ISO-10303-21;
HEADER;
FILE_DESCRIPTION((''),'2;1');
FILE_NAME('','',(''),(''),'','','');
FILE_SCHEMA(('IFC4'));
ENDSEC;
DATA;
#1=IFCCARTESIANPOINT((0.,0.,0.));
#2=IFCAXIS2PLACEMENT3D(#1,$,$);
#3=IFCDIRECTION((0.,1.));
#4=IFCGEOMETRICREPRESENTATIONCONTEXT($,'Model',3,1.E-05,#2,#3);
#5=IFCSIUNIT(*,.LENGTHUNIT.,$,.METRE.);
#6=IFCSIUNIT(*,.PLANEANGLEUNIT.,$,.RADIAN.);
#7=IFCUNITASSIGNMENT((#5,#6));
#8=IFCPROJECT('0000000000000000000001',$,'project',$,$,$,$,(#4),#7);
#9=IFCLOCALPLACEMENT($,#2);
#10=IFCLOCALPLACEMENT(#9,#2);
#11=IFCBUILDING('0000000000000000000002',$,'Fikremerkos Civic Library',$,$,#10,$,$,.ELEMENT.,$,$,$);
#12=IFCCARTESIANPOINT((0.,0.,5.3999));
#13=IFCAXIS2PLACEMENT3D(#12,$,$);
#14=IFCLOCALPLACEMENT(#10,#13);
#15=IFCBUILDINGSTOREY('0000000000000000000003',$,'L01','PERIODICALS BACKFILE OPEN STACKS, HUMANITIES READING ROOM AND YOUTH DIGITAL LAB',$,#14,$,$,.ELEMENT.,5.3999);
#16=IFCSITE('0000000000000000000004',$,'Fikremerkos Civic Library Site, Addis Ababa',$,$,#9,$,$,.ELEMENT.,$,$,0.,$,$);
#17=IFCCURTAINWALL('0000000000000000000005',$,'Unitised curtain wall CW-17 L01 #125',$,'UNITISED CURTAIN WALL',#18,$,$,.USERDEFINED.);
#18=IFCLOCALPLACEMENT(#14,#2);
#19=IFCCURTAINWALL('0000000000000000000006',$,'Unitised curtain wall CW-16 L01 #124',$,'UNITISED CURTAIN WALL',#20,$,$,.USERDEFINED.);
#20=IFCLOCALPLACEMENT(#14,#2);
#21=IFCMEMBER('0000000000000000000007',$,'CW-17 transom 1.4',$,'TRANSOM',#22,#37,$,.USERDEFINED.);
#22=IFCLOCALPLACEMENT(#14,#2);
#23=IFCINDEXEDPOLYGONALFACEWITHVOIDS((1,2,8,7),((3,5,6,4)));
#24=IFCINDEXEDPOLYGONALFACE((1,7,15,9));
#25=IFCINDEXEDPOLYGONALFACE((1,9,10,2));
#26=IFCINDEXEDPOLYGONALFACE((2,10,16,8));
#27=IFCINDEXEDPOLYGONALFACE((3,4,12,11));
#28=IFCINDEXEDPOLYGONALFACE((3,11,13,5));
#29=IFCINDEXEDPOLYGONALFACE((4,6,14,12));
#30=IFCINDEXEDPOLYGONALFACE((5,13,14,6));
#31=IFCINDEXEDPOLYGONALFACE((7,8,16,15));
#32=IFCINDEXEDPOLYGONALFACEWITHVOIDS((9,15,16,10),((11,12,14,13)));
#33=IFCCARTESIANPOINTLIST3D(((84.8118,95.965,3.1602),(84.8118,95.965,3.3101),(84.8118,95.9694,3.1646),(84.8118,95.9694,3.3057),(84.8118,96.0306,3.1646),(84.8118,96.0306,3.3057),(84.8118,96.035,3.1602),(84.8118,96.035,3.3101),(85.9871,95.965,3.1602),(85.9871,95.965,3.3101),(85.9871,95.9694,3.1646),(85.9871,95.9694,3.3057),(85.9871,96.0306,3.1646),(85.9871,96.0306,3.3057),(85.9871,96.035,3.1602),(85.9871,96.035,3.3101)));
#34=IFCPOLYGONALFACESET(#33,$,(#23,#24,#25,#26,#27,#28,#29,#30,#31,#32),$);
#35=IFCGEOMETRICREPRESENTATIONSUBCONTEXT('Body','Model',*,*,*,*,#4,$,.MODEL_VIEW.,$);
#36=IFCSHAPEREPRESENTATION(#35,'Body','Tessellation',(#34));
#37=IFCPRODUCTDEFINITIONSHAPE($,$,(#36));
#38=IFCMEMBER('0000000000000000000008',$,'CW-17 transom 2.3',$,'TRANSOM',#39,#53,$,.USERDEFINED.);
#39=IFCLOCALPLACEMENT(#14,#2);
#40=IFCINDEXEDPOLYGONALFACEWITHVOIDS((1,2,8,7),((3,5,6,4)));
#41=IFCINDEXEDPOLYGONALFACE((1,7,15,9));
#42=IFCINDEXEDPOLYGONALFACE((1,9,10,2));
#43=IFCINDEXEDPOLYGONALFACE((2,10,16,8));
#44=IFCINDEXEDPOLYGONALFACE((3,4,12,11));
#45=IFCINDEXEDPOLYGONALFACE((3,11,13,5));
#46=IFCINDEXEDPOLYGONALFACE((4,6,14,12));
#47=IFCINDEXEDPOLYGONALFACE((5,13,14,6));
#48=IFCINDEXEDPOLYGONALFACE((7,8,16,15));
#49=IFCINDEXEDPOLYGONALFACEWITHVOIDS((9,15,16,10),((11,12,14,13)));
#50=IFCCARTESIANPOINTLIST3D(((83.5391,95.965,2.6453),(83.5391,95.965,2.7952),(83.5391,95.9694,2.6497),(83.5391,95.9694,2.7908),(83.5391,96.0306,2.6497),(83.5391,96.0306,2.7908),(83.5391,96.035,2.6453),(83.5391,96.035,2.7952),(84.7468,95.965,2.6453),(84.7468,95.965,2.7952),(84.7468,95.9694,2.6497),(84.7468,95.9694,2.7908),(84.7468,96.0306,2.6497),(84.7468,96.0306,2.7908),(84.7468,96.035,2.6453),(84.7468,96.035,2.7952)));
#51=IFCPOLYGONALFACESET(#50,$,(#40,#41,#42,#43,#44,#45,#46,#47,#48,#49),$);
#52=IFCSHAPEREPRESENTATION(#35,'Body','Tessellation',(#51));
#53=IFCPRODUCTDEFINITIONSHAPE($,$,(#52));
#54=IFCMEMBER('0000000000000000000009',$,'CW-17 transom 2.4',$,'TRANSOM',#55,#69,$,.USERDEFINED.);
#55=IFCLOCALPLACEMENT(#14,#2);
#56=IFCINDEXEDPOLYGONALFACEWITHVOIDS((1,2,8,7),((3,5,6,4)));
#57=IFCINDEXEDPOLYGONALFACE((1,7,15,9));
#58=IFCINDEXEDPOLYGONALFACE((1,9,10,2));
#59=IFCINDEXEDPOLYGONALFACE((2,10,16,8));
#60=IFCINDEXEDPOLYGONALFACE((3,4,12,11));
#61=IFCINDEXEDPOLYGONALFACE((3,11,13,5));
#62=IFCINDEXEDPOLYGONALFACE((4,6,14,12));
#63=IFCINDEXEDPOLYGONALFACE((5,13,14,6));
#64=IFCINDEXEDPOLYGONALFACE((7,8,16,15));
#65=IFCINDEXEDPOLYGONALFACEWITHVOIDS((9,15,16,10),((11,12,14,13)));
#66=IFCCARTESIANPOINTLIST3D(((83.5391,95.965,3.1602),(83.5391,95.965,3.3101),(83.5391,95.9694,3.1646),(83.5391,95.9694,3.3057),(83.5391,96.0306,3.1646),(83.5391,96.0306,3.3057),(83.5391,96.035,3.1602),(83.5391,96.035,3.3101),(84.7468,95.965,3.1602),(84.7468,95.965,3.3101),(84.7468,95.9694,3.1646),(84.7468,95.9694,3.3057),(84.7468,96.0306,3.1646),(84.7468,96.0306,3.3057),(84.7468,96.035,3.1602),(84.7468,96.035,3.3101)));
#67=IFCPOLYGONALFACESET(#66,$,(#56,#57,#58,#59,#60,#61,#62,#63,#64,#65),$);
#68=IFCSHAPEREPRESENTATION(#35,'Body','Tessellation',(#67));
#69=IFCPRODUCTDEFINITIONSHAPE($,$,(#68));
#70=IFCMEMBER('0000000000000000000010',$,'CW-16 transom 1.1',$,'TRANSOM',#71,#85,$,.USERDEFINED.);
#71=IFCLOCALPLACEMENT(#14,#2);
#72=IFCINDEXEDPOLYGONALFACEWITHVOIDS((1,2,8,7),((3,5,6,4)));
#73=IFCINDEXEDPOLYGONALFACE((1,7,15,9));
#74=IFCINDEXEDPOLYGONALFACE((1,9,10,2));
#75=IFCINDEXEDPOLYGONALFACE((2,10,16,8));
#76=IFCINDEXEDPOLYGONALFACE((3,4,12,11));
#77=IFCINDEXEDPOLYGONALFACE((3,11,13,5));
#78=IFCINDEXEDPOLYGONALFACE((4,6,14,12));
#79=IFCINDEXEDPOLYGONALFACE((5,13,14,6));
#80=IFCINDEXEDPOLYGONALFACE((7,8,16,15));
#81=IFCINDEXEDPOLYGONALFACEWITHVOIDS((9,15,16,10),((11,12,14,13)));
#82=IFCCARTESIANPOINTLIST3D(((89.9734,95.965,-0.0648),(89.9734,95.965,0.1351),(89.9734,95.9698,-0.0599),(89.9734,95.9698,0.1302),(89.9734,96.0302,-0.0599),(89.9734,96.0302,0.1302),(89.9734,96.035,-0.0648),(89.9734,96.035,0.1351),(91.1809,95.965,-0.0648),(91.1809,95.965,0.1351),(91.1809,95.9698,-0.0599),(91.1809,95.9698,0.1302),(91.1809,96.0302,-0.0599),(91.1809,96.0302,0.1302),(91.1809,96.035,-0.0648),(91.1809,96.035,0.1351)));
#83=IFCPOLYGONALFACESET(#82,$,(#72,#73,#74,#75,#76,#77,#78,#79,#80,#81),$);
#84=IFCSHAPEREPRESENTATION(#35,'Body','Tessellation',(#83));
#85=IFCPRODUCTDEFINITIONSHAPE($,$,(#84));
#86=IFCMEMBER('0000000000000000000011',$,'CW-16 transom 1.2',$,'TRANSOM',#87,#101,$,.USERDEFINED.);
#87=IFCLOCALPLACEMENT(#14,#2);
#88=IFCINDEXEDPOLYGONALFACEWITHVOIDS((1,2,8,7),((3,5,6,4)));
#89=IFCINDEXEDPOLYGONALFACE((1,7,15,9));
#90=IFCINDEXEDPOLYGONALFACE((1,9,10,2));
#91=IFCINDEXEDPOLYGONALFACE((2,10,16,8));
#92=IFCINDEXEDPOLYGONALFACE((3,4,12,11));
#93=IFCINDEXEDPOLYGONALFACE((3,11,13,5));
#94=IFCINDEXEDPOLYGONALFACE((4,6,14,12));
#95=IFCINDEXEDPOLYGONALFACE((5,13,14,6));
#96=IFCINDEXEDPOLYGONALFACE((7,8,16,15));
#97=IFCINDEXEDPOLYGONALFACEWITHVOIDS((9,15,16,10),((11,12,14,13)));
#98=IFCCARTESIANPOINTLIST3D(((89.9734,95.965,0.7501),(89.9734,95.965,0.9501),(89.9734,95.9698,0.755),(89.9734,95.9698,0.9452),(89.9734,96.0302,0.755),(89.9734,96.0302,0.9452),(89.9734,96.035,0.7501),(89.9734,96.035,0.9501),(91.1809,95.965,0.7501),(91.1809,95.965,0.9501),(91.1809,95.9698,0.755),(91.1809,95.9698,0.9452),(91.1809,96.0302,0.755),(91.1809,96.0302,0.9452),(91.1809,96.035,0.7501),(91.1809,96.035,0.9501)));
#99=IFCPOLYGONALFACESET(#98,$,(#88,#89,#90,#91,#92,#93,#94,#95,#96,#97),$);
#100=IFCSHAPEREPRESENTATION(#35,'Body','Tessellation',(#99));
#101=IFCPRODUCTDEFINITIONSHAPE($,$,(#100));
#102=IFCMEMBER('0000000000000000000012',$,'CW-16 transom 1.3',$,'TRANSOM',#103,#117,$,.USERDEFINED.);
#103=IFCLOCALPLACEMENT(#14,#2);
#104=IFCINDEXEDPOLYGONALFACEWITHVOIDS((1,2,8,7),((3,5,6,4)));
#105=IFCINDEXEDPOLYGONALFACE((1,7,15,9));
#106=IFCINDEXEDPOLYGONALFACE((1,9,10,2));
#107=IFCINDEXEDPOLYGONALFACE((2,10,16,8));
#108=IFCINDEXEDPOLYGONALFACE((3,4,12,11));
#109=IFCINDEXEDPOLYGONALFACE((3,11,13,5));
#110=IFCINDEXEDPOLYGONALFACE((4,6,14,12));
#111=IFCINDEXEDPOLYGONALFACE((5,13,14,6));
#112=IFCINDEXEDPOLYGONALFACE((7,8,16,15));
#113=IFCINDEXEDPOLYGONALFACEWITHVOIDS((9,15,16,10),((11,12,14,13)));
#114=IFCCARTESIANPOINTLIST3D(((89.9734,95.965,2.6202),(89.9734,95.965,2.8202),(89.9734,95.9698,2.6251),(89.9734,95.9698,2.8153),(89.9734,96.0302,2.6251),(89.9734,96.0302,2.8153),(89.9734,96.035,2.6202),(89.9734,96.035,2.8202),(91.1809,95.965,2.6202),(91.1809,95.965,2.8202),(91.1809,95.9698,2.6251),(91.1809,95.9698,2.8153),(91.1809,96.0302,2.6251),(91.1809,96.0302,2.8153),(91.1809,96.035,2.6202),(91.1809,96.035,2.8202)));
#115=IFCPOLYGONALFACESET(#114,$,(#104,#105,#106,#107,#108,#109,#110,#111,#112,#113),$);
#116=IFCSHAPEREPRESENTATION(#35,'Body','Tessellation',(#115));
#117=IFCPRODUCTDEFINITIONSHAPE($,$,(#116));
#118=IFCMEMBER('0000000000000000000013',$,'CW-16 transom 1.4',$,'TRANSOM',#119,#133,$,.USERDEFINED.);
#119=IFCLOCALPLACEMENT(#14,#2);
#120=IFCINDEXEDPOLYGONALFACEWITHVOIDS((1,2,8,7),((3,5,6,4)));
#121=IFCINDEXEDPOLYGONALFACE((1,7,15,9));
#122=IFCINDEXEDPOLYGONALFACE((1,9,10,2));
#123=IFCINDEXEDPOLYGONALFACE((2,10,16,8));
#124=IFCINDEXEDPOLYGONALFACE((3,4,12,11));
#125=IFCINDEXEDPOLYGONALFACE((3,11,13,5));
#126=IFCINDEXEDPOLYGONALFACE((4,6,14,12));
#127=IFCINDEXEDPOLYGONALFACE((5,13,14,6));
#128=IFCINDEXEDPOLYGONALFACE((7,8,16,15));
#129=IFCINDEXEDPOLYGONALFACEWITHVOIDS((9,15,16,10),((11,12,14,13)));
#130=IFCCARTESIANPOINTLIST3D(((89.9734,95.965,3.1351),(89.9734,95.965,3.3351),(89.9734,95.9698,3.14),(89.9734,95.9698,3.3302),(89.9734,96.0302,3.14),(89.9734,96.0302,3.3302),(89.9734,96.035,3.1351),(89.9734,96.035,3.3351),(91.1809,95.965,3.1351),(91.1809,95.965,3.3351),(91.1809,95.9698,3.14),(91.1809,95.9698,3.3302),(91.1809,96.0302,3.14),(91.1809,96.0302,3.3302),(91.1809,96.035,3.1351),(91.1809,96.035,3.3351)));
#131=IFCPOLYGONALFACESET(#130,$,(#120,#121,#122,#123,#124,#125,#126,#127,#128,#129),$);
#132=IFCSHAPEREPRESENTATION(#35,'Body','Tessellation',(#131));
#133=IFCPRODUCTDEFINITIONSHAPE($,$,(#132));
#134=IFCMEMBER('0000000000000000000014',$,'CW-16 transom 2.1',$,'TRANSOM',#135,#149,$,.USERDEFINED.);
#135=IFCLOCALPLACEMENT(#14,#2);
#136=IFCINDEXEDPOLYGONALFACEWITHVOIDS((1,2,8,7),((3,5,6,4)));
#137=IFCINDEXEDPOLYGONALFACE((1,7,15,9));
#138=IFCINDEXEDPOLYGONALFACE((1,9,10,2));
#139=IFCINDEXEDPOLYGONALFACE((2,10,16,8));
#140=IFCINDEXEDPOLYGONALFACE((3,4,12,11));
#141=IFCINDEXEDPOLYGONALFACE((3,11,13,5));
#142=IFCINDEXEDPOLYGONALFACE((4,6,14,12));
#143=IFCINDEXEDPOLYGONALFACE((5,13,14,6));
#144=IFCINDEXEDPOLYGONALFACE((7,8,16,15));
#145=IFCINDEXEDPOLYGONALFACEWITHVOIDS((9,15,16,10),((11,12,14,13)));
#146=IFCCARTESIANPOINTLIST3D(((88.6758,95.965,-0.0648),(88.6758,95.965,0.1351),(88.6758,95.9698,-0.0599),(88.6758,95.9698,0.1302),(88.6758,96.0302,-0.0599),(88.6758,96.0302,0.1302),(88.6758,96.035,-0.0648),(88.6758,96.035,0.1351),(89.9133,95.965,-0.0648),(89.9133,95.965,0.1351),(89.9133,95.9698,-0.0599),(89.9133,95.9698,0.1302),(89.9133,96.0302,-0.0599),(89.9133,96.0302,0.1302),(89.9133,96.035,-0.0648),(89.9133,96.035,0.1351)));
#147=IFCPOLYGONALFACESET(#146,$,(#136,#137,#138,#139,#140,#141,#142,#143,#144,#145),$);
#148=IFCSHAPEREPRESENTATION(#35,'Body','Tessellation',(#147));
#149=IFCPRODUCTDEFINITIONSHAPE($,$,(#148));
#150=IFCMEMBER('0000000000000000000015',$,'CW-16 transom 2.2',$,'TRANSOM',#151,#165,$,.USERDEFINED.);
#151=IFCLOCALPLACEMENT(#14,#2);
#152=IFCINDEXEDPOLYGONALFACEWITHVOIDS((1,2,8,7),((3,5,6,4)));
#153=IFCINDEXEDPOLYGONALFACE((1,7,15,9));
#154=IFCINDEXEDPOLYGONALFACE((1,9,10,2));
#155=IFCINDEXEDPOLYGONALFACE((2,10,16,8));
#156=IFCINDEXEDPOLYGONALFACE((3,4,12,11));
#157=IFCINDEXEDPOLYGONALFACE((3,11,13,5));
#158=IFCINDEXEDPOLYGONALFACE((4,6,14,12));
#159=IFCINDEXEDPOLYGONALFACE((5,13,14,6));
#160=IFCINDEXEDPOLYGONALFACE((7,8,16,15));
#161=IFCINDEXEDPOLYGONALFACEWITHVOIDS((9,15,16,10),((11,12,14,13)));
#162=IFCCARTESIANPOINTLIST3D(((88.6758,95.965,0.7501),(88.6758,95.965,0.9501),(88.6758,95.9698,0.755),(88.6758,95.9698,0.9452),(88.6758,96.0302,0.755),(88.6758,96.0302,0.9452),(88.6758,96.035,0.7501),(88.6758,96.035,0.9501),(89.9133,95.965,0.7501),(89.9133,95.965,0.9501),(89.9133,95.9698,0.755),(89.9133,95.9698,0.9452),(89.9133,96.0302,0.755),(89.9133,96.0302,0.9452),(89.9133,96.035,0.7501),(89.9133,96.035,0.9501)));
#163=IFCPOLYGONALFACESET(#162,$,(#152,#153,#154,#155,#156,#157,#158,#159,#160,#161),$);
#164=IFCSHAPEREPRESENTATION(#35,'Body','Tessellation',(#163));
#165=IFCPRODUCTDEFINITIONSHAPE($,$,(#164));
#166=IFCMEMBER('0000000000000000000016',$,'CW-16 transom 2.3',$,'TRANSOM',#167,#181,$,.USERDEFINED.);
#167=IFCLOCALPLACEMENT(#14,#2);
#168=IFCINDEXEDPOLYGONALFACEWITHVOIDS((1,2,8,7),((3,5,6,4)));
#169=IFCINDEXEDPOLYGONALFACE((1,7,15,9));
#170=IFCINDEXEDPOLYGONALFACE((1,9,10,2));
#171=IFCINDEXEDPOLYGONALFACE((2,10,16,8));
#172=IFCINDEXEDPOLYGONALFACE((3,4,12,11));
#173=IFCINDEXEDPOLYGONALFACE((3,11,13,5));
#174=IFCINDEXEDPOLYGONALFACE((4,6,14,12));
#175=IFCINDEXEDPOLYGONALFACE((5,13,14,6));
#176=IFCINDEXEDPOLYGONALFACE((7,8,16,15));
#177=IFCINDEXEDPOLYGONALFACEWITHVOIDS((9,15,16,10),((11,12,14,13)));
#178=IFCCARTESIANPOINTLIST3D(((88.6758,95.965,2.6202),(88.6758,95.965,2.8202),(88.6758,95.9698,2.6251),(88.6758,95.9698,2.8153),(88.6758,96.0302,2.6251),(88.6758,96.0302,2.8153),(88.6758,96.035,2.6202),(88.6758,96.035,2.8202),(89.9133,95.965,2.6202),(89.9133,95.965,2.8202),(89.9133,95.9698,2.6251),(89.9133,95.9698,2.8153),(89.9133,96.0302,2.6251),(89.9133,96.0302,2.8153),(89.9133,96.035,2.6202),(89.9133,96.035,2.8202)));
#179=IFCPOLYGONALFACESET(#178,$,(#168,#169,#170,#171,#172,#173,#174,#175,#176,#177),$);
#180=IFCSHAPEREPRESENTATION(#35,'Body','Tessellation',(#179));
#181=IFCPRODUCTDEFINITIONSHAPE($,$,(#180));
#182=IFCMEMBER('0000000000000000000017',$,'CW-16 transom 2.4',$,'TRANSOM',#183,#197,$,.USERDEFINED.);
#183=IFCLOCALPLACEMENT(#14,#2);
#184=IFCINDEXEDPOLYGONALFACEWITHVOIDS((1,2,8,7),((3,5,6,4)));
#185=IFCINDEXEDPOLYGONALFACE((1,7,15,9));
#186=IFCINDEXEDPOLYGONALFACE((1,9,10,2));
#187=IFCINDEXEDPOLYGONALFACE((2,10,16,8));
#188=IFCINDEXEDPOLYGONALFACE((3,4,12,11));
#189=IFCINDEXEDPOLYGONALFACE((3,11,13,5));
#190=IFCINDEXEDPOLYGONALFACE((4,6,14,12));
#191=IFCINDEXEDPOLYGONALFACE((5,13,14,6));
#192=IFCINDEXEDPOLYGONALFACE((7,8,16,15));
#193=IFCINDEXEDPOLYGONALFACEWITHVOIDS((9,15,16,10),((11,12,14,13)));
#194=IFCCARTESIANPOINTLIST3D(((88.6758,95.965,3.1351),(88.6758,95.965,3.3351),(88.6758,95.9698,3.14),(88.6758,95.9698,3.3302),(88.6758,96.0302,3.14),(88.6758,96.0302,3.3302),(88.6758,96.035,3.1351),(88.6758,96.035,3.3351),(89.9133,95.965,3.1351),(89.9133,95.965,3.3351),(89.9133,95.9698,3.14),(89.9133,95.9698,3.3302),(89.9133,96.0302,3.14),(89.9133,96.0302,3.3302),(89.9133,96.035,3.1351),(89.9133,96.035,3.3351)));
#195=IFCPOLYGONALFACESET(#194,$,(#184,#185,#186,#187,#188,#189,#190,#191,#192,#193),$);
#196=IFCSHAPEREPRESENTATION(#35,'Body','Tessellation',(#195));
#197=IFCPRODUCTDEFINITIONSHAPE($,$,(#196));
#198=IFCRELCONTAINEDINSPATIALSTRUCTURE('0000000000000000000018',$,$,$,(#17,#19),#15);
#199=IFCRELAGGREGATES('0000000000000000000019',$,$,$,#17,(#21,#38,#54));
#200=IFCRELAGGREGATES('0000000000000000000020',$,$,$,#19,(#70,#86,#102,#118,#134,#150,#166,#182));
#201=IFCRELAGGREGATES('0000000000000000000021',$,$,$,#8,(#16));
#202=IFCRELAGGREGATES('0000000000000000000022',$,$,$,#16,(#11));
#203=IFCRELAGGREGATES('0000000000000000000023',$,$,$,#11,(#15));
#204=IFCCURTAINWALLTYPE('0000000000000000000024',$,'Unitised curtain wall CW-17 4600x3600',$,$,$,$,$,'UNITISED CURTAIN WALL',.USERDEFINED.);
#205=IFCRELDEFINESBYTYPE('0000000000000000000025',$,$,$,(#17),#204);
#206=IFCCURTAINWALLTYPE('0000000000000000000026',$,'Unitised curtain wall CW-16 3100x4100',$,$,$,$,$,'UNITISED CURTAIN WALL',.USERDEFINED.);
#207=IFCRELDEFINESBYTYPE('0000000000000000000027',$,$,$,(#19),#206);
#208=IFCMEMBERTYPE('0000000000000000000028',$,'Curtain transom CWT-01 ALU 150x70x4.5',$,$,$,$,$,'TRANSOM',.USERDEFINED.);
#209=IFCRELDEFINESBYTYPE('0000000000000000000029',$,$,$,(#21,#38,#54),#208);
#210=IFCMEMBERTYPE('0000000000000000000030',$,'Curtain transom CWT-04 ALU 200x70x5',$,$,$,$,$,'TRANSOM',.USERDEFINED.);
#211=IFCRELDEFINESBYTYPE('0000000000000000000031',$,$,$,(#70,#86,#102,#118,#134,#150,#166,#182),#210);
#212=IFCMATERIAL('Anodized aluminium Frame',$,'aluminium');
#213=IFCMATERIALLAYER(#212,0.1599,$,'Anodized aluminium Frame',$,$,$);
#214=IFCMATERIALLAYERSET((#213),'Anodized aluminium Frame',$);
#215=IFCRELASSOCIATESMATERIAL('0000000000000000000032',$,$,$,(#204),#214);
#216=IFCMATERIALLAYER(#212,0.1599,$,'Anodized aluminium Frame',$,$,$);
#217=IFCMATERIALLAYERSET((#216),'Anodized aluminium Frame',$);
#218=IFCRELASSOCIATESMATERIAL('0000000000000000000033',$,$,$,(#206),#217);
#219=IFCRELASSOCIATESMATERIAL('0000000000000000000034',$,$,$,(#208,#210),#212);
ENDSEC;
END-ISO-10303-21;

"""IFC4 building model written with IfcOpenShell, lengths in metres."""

from ifc_helpers import new_model, si_unit, direction, frame, origin, origin_2d, place, context, subcontext, project, spatial, hollow_rectangle, extrude, material, layer, layer_set, material_profile, profile_set, type_object, element, aggregate, save


model = new_model("IFC4")

# Units and contexts
model_context = context("Model", 3, precision=1e-05, world=origin(), true_north=direction((0.0, 1.0)))
body_context = subcontext(model_context, "Body", "Model", "MODEL_VIEW")
ifc_project = project(units=[si_unit("LENGTHUNIT", "METRE"), si_unit("PLANEANGLEUNIT", "RADIAN")], contexts=[model_context])

# Site, building, storey
site_placement = place(None, origin())
site = spatial("IfcSite", under=ifc_project, at=site_placement, Name="Fikremerkos Civic Library Site, Addis Ababa", CompositionType="ELEMENT", RefElevation=0.0)
building_placement = place(site_placement, origin())
building = spatial("IfcBuilding", under=site, at=building_placement, Name="Fikremerkos Civic Library", CompositionType="ELEMENT")
storey_placement = place(building_placement, frame((0.0, 0.0, 5.3999)))
storey = spatial("IfcBuildingStorey", under=building, at=storey_placement, Name="L01", Description="PERIODICALS BACKFILE OPEN STACKS, HUMANITIES READING ROOM AND YOUTH DIGITAL LAB", CompositionType="ELEMENT", Elevation=5.3999)

# Curtain walls
ifc_material_1 = material(Name="Anodized aluminium Frame", Category="aluminium")
ifc_layer_1 = layer(ifc_material_1, 0.1599, Name="Anodized aluminium Frame")
ifc_layer_set_1 = layer_set([ifc_layer_1], Name="Anodized aluminium Frame")
curtain_wall_type_1 = type_object("IfcCurtainWallType", Name="Unitised curtain wall CW-17 4600x3600", ElementType="UNITISED CURTAIN WALL", PredefinedType="USERDEFINED", material=ifc_layer_set_1)
curtain_wall_1_placement = place(storey_placement, origin())
curtain_wall_1 = element("IfcCurtainWall", 1, at=curtain_wall_1_placement, inside=storey, type_object=curtain_wall_type_1, Name="Unitised curtain wall CW-17 L01 #125", ObjectType="UNITISED CURTAIN WALL", PredefinedType="USERDEFINED")
ifc_layer_2 = layer(ifc_material_1, 0.1599, Name="Anodized aluminium Frame")
ifc_layer_set_2 = layer_set([ifc_layer_2], Name="Anodized aluminium Frame")
curtain_wall_type_2 = type_object("IfcCurtainWallType", Name="Unitised curtain wall CW-16 3100x4100", ElementType="UNITISED CURTAIN WALL", PredefinedType="USERDEFINED", material=ifc_layer_set_2)
curtain_wall_2_placement = place(storey_placement, origin())
curtain_wall_2 = element("IfcCurtainWall", 2, at=curtain_wall_2_placement, inside=storey, type_object=curtain_wall_type_2, Name="Unitised curtain wall CW-16 L01 #124", ObjectType="UNITISED CURTAIN WALL", PredefinedType="USERDEFINED")

# Members
ifc_material_profile_1 = material_profile(ifc_material_1, hollow_rectangle(XDim=0.0701, YDim=0.1499, WallThickness=0.0044, at=origin_2d()), Name="ALU 150x70x4.5")
ifc_profile_set_1 = profile_set([ifc_material_profile_1], Name="Anodized aluminium Frame")
member_type_1 = type_object("IfcMemberType", Name="Curtain transom CWT-01 ALU 150x70x4.5", ElementType="TRANSOM", PredefinedType="USERDEFINED", material=ifc_profile_set_1)
member_1_placement = place(storey_placement, frame((85.9871, 96.0, 3.2351), z_axis=(-1.0, 0.0, 0.0), x_axis=(0.0, -1.0, 0.0)))
member_1 = element("IfcMember", 3, at=member_1_placement, type_object=member_type_1, Name="CW-17 transom 1.4", ObjectType="TRANSOM", PredefinedType="USERDEFINED", context=body_context, shape_type="SweptSolid", body=[
    extrude(hollow_rectangle(XDim=0.0701, YDim=0.1499, WallThickness=0.0044, at=origin_2d()), origin(), (0.0, 0.0, 1.0), 1.1753),
])
member_2_placement = place(storey_placement, frame((84.7468, 96.0, 2.7202), z_axis=(-1.0, 0.0, 0.0), x_axis=(0.0, -1.0, 0.0)))
member_2 = element("IfcMember", 4, at=member_2_placement, type_object=member_type_1, Name="CW-17 transom 2.3", ObjectType="TRANSOM", PredefinedType="USERDEFINED", context=body_context, shape_type="SweptSolid", body=[
    extrude(hollow_rectangle(XDim=0.0701, YDim=0.1499, WallThickness=0.0044, at=origin_2d()), origin(), (0.0, 0.0, 1.0), 1.2078),
])
member_3_placement = place(storey_placement, frame((84.7468, 96.0, 3.2351), z_axis=(-1.0, 0.0, 0.0), x_axis=(0.0, -1.0, 0.0)))
member_3 = element("IfcMember", 5, at=member_3_placement, type_object=member_type_1, Name="CW-17 transom 2.4", ObjectType="TRANSOM", PredefinedType="USERDEFINED", context=body_context, shape_type="SweptSolid", body=[
    extrude(hollow_rectangle(XDim=0.0701, YDim=0.1499, WallThickness=0.0044, at=origin_2d()), origin(), (0.0, 0.0, 1.0), 1.2078),
])
ifc_material_profile_2 = material_profile(ifc_material_1, hollow_rectangle(XDim=0.0701, YDim=0.2, WallThickness=0.0049, at=origin_2d()), Name="ALU 200x70x5")
ifc_profile_set_2 = profile_set([ifc_material_profile_2], Name="Anodized aluminium Frame")
member_type_2 = type_object("IfcMemberType", Name="Curtain transom CWT-04 ALU 200x70x5", ElementType="TRANSOM", PredefinedType="USERDEFINED", material=ifc_profile_set_2)
member_4_placement = place(storey_placement, frame((91.1809, 96.0, 0.0352), z_axis=(-1.0, 0.0, 0.0), x_axis=(0.0, -1.0, 0.0)))
member_4 = element("IfcMember", 6, at=member_4_placement, type_object=member_type_2, Name="CW-16 transom 1.1", ObjectType="TRANSOM", PredefinedType="USERDEFINED", context=body_context, shape_type="SweptSolid", body=[
    extrude(hollow_rectangle(XDim=0.0701, YDim=0.2, WallThickness=0.0049, at=origin_2d()), origin(), (0.0, 0.0, 1.0), 1.2075),
])
member_5_placement = place(storey_placement, frame((91.1809, 96.0, 0.8501), z_axis=(-1.0, 0.0, 0.0), x_axis=(0.0, -1.0, 0.0)))
member_5 = element("IfcMember", 7, at=member_5_placement, type_object=member_type_2, Name="CW-16 transom 1.2", ObjectType="TRANSOM", PredefinedType="USERDEFINED", context=body_context, shape_type="SweptSolid", body=[
    extrude(hollow_rectangle(XDim=0.0701, YDim=0.2, WallThickness=0.0049, at=origin_2d()), origin(), (0.0, 0.0, 1.0), 1.2075),
])
member_6_placement = place(storey_placement, frame((91.1809, 96.0, 2.7202), z_axis=(-1.0, 0.0, 0.0), x_axis=(0.0, -1.0, 0.0)))
member_6 = element("IfcMember", 8, at=member_6_placement, type_object=member_type_2, Name="CW-16 transom 1.3", ObjectType="TRANSOM", PredefinedType="USERDEFINED", context=body_context, shape_type="SweptSolid", body=[
    extrude(hollow_rectangle(XDim=0.0701, YDim=0.2, WallThickness=0.0049, at=origin_2d()), origin(), (0.0, 0.0, 1.0), 1.2075),
])
member_7_placement = place(storey_placement, frame((91.1809, 96.0, 3.2351), z_axis=(-1.0, 0.0, 0.0), x_axis=(0.0, -1.0, 0.0)))
member_7 = element("IfcMember", 9, at=member_7_placement, type_object=member_type_2, Name="CW-16 transom 1.4", ObjectType="TRANSOM", PredefinedType="USERDEFINED", context=body_context, shape_type="SweptSolid", body=[
    extrude(hollow_rectangle(XDim=0.0701, YDim=0.2, WallThickness=0.0049, at=origin_2d()), origin(), (0.0, 0.0, 1.0), 1.2075),
])
member_8_placement = place(storey_placement, frame((89.9133, 96.0, 0.0352), z_axis=(-1.0, 0.0, 0.0), x_axis=(0.0, -1.0, 0.0)))
member_8 = element("IfcMember", 10, at=member_8_placement, type_object=member_type_2, Name="CW-16 transom 2.1", ObjectType="TRANSOM", PredefinedType="USERDEFINED", context=body_context, shape_type="SweptSolid", body=[
    extrude(hollow_rectangle(XDim=0.0701, YDim=0.2, WallThickness=0.0049, at=origin_2d()), origin(), (0.0, 0.0, 1.0), 1.2375),
])
member_9_placement = place(storey_placement, frame((89.9133, 96.0, 0.8501), z_axis=(-1.0, 0.0, 0.0), x_axis=(0.0, -1.0, 0.0)))
member_9 = element("IfcMember", 11, at=member_9_placement, type_object=member_type_2, Name="CW-16 transom 2.2", ObjectType="TRANSOM", PredefinedType="USERDEFINED", context=body_context, shape_type="SweptSolid", body=[
    extrude(hollow_rectangle(XDim=0.0701, YDim=0.2, WallThickness=0.0049, at=origin_2d()), origin(), (0.0, 0.0, 1.0), 1.2375),
])
member_10_placement = place(storey_placement, frame((89.9133, 96.0, 2.7202), z_axis=(-1.0, 0.0, 0.0), x_axis=(0.0, -1.0, 0.0)))
member_10 = element("IfcMember", 12, at=member_10_placement, type_object=member_type_2, Name="CW-16 transom 2.3", ObjectType="TRANSOM", PredefinedType="USERDEFINED", context=body_context, shape_type="SweptSolid", body=[
    extrude(hollow_rectangle(XDim=0.0701, YDim=0.2, WallThickness=0.0049, at=origin_2d()), origin(), (0.0, 0.0, 1.0), 1.2375),
])
member_11_placement = place(storey_placement, frame((89.9133, 96.0, 3.2351), z_axis=(-1.0, 0.0, 0.0), x_axis=(0.0, -1.0, 0.0)))
member_11 = element("IfcMember", 13, at=member_11_placement, type_object=member_type_2, Name="CW-16 transom 2.4", ObjectType="TRANSOM", PredefinedType="USERDEFINED", context=body_context, shape_type="SweptSolid", body=[
    extrude(hollow_rectangle(XDim=0.0701, YDim=0.2, WallThickness=0.0049, at=origin_2d()), origin(), (0.0, 0.0, 1.0), 1.2375),
])

aggregate(curtain_wall_1, [member_1, member_2, member_3])
aggregate(curtain_wall_2, [member_4, member_5, member_6, member_7, member_8, member_9, member_10, member_11])

save(model, "model.ifc")
